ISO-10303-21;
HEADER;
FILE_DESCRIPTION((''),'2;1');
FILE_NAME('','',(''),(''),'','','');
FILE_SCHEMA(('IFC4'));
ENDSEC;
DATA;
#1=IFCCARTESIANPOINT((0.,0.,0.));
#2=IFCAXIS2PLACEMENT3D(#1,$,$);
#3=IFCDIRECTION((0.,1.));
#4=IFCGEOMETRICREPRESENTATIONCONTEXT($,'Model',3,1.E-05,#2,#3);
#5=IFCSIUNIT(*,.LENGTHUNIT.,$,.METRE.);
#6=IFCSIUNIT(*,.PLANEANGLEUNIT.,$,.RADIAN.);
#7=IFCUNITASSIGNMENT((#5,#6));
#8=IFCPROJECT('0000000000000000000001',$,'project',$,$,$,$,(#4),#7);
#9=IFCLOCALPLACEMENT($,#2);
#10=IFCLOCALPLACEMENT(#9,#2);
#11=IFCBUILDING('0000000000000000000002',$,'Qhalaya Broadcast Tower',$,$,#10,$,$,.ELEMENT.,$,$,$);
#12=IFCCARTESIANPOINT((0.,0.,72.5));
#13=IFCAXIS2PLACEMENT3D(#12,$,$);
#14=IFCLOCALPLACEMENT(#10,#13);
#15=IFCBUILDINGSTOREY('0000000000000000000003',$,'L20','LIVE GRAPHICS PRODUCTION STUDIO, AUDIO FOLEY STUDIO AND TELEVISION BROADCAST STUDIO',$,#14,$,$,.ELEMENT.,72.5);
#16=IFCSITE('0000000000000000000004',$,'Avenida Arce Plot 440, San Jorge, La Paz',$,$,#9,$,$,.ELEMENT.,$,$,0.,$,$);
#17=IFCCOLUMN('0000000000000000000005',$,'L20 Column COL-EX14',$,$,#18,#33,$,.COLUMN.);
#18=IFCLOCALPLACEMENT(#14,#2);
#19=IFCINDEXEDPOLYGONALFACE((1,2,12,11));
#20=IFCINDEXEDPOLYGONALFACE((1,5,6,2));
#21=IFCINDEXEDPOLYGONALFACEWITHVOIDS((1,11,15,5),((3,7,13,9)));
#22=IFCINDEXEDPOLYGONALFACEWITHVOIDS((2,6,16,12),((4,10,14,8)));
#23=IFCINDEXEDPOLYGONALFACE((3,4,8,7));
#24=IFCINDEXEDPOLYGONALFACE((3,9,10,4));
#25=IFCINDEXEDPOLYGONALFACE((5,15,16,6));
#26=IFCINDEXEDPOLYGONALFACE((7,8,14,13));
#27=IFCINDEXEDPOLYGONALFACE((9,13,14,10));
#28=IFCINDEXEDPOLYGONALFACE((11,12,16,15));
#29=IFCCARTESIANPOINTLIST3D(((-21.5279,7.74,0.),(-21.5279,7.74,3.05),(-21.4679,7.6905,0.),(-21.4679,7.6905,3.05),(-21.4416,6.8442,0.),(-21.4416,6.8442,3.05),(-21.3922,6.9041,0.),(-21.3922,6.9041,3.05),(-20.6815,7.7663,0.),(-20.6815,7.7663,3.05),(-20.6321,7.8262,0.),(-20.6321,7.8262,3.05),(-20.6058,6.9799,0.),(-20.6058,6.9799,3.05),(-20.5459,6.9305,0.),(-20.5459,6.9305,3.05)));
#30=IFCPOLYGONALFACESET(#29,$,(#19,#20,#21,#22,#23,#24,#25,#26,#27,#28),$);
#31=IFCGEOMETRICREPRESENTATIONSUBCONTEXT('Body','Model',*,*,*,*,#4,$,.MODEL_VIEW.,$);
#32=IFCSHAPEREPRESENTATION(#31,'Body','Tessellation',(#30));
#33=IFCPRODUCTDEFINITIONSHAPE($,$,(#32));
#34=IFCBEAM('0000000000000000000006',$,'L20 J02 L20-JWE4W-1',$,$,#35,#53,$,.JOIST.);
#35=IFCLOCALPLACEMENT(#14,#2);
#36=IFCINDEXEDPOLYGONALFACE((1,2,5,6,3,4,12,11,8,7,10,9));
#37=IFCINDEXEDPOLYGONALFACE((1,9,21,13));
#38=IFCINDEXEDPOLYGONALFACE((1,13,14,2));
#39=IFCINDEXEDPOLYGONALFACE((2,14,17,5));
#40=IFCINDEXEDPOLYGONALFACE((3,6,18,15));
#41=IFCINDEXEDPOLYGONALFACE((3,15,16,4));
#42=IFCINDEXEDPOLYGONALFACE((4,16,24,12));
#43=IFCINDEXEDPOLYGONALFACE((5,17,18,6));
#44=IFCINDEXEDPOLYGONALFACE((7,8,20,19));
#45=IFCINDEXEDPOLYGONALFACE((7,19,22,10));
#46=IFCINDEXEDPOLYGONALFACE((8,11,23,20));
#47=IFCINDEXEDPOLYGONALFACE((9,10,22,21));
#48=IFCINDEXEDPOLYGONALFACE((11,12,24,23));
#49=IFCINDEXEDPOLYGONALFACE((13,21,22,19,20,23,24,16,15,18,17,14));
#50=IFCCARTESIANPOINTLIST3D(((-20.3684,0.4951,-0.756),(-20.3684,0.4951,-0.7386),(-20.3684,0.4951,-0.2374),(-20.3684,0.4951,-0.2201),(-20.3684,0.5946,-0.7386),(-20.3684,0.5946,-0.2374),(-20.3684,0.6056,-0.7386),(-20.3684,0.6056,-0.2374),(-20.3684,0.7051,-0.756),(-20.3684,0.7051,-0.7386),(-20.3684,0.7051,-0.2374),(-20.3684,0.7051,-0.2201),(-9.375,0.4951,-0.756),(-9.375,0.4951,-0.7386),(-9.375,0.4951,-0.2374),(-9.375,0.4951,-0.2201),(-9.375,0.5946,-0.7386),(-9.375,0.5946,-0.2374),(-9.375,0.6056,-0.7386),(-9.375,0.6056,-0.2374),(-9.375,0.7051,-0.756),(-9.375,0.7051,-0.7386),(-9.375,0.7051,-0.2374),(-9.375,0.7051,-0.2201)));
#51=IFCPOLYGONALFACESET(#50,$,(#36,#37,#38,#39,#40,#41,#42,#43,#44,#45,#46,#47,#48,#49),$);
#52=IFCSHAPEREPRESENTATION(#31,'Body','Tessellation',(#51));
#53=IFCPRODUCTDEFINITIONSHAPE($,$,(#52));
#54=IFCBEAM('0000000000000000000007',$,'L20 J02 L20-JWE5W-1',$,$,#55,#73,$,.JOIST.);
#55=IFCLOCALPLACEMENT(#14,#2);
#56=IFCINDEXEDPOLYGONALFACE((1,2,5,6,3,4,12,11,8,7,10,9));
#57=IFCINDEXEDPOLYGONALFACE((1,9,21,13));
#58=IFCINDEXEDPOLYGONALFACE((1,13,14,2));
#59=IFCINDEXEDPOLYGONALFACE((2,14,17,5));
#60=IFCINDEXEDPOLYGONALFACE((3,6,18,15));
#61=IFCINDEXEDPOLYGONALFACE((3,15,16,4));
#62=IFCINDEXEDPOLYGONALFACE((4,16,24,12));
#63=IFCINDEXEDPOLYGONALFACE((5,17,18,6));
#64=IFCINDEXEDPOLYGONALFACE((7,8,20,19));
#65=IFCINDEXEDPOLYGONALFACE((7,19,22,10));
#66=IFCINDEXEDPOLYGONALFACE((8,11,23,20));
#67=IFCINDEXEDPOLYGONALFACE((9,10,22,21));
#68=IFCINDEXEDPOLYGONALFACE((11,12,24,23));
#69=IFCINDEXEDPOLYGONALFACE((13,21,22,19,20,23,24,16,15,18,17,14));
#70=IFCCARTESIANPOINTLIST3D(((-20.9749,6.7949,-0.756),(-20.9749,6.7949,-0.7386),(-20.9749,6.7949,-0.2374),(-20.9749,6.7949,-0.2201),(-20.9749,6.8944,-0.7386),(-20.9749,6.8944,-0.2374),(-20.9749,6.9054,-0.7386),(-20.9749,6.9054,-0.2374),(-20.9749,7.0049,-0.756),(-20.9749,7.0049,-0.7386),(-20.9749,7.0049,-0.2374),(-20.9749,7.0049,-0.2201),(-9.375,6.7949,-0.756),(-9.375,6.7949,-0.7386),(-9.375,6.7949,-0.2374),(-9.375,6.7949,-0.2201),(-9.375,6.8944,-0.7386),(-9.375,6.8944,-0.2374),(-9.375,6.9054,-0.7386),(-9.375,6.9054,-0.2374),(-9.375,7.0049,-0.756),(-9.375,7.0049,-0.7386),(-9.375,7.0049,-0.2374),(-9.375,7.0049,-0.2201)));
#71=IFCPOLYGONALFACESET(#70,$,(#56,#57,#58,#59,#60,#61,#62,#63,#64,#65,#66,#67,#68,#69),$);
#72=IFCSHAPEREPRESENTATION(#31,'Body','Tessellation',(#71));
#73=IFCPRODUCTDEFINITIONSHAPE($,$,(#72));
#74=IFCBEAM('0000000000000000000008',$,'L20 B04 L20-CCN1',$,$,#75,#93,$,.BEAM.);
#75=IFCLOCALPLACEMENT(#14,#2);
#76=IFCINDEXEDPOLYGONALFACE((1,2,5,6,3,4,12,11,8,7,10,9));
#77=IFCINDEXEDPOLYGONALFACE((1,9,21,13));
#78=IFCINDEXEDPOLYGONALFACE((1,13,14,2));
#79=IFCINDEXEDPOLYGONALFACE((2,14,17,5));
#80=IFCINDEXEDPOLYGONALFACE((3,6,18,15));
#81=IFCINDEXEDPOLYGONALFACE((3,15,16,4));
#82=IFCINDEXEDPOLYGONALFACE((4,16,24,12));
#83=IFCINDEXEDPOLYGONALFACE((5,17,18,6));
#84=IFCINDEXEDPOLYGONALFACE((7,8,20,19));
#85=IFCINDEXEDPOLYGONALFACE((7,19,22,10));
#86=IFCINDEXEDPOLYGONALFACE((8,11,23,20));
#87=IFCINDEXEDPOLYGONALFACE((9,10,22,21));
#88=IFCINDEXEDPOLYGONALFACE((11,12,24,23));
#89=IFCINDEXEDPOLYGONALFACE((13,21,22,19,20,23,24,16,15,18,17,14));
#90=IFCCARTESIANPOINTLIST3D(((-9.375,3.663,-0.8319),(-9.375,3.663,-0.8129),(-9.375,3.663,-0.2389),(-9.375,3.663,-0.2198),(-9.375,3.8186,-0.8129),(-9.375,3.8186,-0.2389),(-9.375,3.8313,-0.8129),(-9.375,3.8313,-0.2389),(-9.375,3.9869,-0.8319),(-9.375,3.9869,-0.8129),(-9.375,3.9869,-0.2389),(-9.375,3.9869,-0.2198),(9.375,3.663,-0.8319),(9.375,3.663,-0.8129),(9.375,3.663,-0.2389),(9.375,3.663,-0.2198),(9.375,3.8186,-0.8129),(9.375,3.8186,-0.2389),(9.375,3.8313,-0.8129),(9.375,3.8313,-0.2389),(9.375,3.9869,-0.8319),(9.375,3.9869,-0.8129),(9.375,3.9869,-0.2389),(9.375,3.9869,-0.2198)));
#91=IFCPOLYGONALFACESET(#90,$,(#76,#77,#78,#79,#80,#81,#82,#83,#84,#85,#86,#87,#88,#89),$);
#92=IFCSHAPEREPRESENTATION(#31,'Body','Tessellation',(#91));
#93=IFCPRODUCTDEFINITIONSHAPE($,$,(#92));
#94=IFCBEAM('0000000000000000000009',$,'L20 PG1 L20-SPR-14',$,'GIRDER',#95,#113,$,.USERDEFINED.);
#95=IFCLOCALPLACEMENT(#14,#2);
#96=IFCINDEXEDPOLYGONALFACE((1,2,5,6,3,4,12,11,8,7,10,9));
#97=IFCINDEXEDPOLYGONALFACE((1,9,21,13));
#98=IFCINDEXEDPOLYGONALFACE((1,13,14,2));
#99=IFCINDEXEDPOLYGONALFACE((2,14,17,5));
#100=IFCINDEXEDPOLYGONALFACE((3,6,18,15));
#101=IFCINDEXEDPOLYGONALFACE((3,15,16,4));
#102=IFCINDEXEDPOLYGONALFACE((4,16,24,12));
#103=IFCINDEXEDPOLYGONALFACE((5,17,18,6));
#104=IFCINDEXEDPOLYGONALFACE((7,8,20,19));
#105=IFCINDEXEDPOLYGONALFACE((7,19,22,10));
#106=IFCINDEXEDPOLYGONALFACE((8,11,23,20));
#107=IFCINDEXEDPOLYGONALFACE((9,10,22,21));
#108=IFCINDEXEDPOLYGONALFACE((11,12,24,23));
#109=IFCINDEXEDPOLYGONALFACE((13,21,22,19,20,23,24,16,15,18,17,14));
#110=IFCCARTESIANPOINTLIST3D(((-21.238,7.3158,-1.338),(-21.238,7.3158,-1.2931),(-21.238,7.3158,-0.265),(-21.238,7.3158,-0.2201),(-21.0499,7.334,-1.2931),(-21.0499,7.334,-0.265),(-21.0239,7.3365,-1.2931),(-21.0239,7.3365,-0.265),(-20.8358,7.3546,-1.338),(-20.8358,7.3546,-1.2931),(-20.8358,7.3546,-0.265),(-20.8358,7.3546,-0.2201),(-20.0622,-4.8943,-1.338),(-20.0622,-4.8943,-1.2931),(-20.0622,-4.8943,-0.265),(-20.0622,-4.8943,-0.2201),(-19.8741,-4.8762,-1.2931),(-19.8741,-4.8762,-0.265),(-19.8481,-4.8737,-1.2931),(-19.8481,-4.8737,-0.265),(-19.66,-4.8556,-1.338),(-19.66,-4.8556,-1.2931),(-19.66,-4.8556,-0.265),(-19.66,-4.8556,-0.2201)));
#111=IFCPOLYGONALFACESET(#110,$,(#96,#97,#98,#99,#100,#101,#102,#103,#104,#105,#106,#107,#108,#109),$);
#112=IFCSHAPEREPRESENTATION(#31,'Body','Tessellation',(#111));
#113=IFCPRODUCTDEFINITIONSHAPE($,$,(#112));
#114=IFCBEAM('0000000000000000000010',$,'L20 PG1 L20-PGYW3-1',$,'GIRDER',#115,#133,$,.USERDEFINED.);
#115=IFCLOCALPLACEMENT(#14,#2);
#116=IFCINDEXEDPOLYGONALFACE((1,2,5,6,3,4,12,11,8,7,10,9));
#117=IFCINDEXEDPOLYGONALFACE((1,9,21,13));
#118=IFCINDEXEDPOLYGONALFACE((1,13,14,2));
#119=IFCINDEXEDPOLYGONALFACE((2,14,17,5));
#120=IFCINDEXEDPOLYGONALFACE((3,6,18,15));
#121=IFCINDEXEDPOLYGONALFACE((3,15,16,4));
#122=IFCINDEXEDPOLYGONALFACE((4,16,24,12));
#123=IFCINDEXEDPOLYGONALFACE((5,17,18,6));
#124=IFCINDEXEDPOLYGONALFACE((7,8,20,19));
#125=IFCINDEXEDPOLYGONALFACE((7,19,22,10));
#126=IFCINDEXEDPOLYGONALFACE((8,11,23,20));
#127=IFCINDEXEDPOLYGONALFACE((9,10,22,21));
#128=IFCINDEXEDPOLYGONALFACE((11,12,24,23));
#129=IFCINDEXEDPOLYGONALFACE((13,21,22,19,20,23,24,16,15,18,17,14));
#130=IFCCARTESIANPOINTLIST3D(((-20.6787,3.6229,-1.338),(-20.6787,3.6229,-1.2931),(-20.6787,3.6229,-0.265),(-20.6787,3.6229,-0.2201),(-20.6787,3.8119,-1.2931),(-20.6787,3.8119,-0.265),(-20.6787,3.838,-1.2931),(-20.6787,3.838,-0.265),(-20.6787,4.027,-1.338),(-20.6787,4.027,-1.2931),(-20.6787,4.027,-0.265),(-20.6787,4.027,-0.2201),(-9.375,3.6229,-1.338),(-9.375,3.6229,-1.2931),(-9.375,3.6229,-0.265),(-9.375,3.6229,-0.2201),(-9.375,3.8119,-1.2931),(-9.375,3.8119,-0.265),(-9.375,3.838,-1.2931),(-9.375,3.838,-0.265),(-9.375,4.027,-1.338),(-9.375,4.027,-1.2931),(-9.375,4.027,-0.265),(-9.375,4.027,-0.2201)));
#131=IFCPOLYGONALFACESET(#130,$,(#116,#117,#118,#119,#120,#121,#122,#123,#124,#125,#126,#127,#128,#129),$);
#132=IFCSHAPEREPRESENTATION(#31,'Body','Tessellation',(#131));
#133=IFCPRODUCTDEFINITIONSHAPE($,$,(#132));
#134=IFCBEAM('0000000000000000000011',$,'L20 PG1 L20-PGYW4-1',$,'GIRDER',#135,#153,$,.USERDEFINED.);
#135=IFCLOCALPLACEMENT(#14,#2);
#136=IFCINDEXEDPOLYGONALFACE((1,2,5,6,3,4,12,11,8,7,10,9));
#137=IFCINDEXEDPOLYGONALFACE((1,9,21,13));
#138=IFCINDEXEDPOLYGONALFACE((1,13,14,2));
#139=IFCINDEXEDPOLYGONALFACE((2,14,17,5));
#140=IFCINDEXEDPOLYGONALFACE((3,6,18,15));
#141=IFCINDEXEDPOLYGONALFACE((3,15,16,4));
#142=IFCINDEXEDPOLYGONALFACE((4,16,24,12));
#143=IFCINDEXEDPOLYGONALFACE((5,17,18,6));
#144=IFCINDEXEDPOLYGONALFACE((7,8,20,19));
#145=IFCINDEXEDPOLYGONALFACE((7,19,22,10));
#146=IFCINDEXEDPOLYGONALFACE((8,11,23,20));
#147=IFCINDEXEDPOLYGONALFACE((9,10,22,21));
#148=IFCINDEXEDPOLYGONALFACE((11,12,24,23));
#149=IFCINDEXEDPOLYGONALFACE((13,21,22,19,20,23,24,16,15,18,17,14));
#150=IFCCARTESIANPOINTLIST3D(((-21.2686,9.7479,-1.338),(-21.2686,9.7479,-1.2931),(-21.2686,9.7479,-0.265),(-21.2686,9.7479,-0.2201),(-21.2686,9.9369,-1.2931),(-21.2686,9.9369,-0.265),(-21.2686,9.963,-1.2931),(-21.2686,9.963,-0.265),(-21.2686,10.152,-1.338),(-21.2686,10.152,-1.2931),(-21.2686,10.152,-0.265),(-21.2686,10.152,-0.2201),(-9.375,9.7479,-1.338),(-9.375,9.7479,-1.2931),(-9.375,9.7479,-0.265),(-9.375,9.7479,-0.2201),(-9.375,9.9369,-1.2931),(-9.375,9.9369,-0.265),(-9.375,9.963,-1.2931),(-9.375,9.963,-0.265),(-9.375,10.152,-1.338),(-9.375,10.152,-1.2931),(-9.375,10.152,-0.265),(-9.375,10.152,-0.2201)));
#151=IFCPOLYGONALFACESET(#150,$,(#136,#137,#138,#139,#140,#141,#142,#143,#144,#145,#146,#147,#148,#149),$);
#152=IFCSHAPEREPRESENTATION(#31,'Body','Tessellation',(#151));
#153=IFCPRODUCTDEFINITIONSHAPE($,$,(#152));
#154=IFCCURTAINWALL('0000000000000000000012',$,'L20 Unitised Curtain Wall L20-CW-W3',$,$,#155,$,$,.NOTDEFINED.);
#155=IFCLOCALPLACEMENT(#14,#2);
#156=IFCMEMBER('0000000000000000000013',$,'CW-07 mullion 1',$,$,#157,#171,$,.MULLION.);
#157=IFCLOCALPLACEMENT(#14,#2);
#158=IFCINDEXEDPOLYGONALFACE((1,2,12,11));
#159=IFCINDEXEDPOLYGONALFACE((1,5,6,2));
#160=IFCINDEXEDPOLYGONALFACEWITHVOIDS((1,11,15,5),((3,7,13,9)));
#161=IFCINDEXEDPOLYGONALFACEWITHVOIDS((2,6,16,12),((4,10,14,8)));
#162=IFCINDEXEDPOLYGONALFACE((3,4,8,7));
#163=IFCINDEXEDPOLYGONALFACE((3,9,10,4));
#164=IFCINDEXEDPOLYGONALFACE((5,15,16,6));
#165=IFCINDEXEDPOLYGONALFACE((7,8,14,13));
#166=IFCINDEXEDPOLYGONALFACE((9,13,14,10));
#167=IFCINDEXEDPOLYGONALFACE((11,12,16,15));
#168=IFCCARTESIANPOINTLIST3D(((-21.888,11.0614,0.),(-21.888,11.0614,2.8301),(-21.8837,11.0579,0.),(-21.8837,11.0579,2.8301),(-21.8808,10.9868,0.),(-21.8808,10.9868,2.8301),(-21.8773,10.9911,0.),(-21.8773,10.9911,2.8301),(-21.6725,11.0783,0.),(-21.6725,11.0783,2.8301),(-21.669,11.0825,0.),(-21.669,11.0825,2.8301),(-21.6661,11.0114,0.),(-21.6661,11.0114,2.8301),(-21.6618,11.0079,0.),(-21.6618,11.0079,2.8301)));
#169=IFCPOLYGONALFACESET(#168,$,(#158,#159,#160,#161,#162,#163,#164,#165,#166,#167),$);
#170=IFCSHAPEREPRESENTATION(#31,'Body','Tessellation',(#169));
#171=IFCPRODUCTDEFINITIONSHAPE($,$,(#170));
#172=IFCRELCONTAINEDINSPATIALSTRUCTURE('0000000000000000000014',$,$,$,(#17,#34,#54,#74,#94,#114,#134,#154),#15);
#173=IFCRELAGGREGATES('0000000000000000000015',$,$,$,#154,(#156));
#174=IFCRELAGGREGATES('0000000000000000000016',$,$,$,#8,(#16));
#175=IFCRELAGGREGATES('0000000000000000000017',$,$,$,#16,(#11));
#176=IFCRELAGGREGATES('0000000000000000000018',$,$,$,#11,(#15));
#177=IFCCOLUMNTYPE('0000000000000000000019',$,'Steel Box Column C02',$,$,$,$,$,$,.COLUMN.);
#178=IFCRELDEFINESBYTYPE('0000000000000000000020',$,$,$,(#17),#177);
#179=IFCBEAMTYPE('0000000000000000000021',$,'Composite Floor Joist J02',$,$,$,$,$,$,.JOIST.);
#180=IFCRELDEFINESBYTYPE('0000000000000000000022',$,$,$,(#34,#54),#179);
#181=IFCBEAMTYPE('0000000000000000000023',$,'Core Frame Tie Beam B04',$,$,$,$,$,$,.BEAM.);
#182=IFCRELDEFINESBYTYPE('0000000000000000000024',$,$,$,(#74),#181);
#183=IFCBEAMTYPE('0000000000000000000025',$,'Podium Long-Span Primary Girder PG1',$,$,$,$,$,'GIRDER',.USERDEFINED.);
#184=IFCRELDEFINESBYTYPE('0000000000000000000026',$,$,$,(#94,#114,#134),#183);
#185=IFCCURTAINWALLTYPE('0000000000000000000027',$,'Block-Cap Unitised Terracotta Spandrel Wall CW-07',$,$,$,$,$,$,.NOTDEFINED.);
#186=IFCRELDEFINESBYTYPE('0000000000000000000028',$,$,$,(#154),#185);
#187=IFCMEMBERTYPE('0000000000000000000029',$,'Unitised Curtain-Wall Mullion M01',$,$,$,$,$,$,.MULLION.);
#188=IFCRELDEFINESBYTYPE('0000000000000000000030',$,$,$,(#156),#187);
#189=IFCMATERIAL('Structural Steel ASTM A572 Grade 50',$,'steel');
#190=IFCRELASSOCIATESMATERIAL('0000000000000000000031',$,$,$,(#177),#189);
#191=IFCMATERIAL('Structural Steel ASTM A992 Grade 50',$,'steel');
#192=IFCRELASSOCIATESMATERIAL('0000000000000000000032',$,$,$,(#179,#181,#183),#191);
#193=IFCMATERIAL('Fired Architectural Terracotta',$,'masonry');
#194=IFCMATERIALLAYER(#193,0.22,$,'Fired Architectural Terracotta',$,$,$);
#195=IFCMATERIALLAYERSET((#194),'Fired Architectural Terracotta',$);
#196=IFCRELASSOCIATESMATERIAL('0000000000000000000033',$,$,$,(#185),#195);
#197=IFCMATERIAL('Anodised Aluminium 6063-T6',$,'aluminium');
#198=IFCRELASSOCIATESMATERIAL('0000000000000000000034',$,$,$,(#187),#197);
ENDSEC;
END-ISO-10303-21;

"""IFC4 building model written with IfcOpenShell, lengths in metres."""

from ifc_helpers import new_model, si_unit, direction, frame, origin, origin_2d, place, context, subcontext, project, spatial, hollow_rectangle, i_section, extrude, material, layer, layer_set, material_profile, profile_set, type_object, element, aggregate, save


model = new_model("IFC4")

# Units and contexts
model_context = context("Model", 3, precision=1e-05, world=origin(), true_north=direction((0.0, 1.0)))
body_context = subcontext(model_context, "Body", "Model", "MODEL_VIEW")
ifc_project = project(units=[si_unit("LENGTHUNIT", "METRE"), si_unit("PLANEANGLEUNIT", "RADIAN")], contexts=[model_context])

# Site, building, storey
site_placement = place(None, origin())
site = spatial("IfcSite", under=ifc_project, at=site_placement, Name="Avenida Arce Plot 440, San Jorge, La Paz", CompositionType="ELEMENT", RefElevation=0.0)
building_placement = place(site_placement, origin())
building = spatial("IfcBuilding", under=site, at=building_placement, Name="Qhalaya Broadcast Tower", CompositionType="ELEMENT")
storey_placement = place(building_placement, frame((0.0, 0.0, 72.5)))
storey = spatial("IfcBuildingStorey", under=building, at=storey_placement, Name="L20", Description="LIVE GRAPHICS PRODUCTION STUDIO, AUDIO FOLEY STUDIO AND TELEVISION BROADCAST STUDIO", CompositionType="ELEMENT", Elevation=72.5)

# Column
ifc_material_1 = material(Name="Structural Steel ASTM A572 Grade 50", Category="steel")
ifc_material_profile_1 = material_profile(ifc_material_1, hollow_rectangle(XDim=0.8999, YDim=0.8999, WallThickness=0.0549, at=origin_2d()), Name="BOX 900x900x55")
ifc_profile_set_1 = profile_set([ifc_material_profile_1], Name="Structural Steel ASTM A572 Grade 50")
column_type = type_object("IfcColumnType", Name="Steel Box Column C02", PredefinedType="COLUMN", material=ifc_profile_set_1)
column_placement = place(storey_placement, frame((-21.0369, 7.3352, 0.0), z_axis=(0.0, 0.0, 1.0), x_axis=(-0.095846, 0.995396, 0.0)))
element("IfcColumn", 1, at=column_placement, inside=storey, type_object=column_type, Name="L20 Column COL-EX14", PredefinedType="COLUMN", context=body_context, shape_type="SweptSolid", body=[
    extrude(hollow_rectangle(XDim=0.8999, YDim=0.8999, WallThickness=0.0549, at=origin_2d()), origin(), (0.0, 0.0, 1.0), 3.05),
])

# Beams
ifc_material_2 = material(Name="Structural Steel ASTM A992 Grade 50", Category="steel")
ifc_material_profile_2 = material_profile(ifc_material_2, i_section(OverallWidth=0.21, OverallDepth=0.5359, WebThickness=0.011, FlangeThickness=0.0173, at=origin_2d()), Name="W21X68")
ifc_profile_set_2 = profile_set([ifc_material_profile_2], Name="Structural Steel ASTM A992 Grade 50")
beam_type_1 = type_object("IfcBeamType", Name="Composite Floor Joist J02", PredefinedType="JOIST", material=ifc_profile_set_2)
beam_1_placement = place(storey_placement, frame((-20.3684, 0.6001, -0.488), z_axis=(1.0, 0.0, 0.0), x_axis=(0.0, 1.0, 0.0)))
element("IfcBeam", 2, at=beam_1_placement, inside=storey, type_object=beam_type_1, Name="L20 J02 L20-JWE4W-1", PredefinedType="JOIST", context=body_context, shape_type="SweptSolid", body=[
    extrude(i_section(OverallWidth=0.21, OverallDepth=0.5359, WebThickness=0.011, FlangeThickness=0.0173, at=origin_2d()), origin(), (0.0, 0.0, 1.0), 10.9934),
])
beam_2_placement = place(storey_placement, frame((-20.9749, 6.8999, -0.488), z_axis=(1.0, 0.0, 0.0), x_axis=(0.0, 1.0, 0.0)))
element("IfcBeam", 3, at=beam_2_placement, inside=storey, type_object=beam_type_1, Name="L20 J02 L20-JWE5W-1", PredefinedType="JOIST", context=body_context, shape_type="SweptSolid", body=[
    extrude(i_section(OverallWidth=0.21, OverallDepth=0.5359, WebThickness=0.011, FlangeThickness=0.0173, at=origin_2d()), origin(), (0.0, 0.0, 1.0), 11.5999),
])
ifc_material_profile_3 = material_profile(ifc_material_2, i_section(OverallWidth=0.324, OverallDepth=0.6121, WebThickness=0.0127, FlangeThickness=0.019, at=origin_2d()), Name="W24X104")
ifc_profile_set_3 = profile_set([ifc_material_profile_3], Name="Structural Steel ASTM A992 Grade 50")
beam_type_2 = type_object("IfcBeamType", Name="Core Frame Tie Beam B04", PredefinedType="BEAM", material=ifc_profile_set_3)
beam_3_placement = place(storey_placement, frame((-9.375, 3.825, -0.5259), z_axis=(1.0, 0.0, 0.0), x_axis=(0.0, 1.0, 0.0)))
element("IfcBeam", 4, at=beam_3_placement, inside=storey, type_object=beam_type_2, Name="L20 B04 L20-CCN1", PredefinedType="BEAM", context=body_context, shape_type="SweptSolid", body=[
    extrude(i_section(OverallWidth=0.324, OverallDepth=0.6121, WebThickness=0.0127, FlangeThickness=0.019, at=origin_2d()), origin(), (0.0, 0.0, 1.0), 18.75),
])
ifc_material_profile_4 = material_profile(ifc_material_2, i_section(OverallWidth=0.4041, OverallDepth=1.1179, WebThickness=0.0261, FlangeThickness=0.0449, at=origin_2d()), Name="W44X335")
ifc_profile_set_4 = profile_set([ifc_material_profile_4], Name="Structural Steel ASTM A992 Grade 50")
beam_type_3 = type_object("IfcBeamType", Name="Podium Long-Span Primary Girder PG1", ElementType="GIRDER", PredefinedType="USERDEFINED", material=ifc_profile_set_4)
beam_4_placement = place(storey_placement, frame((-21.0369, 7.3352, -0.7791), z_axis=(0.095852, -0.995396, 0.0), x_axis=(0.995396, 0.095852, 0.0)))
element("IfcBeam", 5, at=beam_4_placement, inside=storey, type_object=beam_type_3, Name="L20 PG1 L20-SPR-14", ObjectType="GIRDER", PredefinedType="USERDEFINED", context=body_context, shape_type="SweptSolid", body=[
    extrude(i_section(OverallWidth=0.4041, OverallDepth=1.1179, WebThickness=0.0261, FlangeThickness=0.0449, at=origin_2d()), origin(), (0.0, 0.0, 1.0), 12.2666),
])
beam_5_placement = place(storey_placement, frame((-20.6787, 3.825, -0.7791), z_axis=(1.0, 0.0, 0.0), x_axis=(0.0, 1.0, 0.0)))
element("IfcBeam", 6, at=beam_5_placement, inside=storey, type_object=beam_type_3, Name="L20 PG1 L20-PGYW3-1", ObjectType="GIRDER", PredefinedType="USERDEFINED", context=body_context, shape_type="SweptSolid", body=[
    extrude(i_section(OverallWidth=0.4041, OverallDepth=1.1179, WebThickness=0.0261, FlangeThickness=0.0449, at=origin_2d()), origin(), (0.0, 0.0, 1.0), 11.3037),
])
beam_6_placement = place(storey_placement, frame((-21.2686, 9.95, -0.7791), z_axis=(1.0, 0.0, 0.0), x_axis=(0.0, 1.0, 0.0)))
element("IfcBeam", 7, at=beam_6_placement, inside=storey, type_object=beam_type_3, Name="L20 PG1 L20-PGYW4-1", ObjectType="GIRDER", PredefinedType="USERDEFINED", context=body_context, shape_type="SweptSolid", body=[
    extrude(i_section(OverallWidth=0.4041, OverallDepth=1.1179, WebThickness=0.0261, FlangeThickness=0.0449, at=origin_2d()), origin(), (0.0, 0.0, 1.0), 11.8936),
])

# Curtain wall, member
ifc_material_3 = material(Name="Fired Architectural Terracotta", Category="masonry")
ifc_layer_1 = layer(ifc_material_3, 0.22, Name="Fired Architectural Terracotta")
ifc_layer_set_1 = layer_set([ifc_layer_1], Name="Fired Architectural Terracotta")
curtain_wall_type_1 = type_object("IfcCurtainWallType", Name="Block-Cap Unitised Terracotta Spandrel Wall CW-07", PredefinedType="NOTDEFINED", material=ifc_layer_set_1)
curtain_wall_1_placement = place(storey_placement, origin())
curtain_wall_1 = element("IfcCurtainWall", 8, at=curtain_wall_1_placement, inside=storey, type_object=curtain_wall_type_1, Name="L20 Unitised Curtain Wall L20-CW-W3", PredefinedType="NOTDEFINED")
ifc_material_4 = material(Name="Anodised Aluminium 6063-T6", Category="aluminium")
ifc_material_profile_5 = material_profile(ifc_material_4, hollow_rectangle(XDim=0.075, YDim=0.22, WallThickness=0.0039, at=origin_2d()), Name="ALU-MUL 75x220x4")
ifc_profile_set_5 = profile_set([ifc_material_profile_5], Name="Anodised Aluminium 6063-T6")
member_type_1 = type_object("IfcMemberType", Name="Unitised Curtain-Wall Mullion M01", PredefinedType="MULLION", material=ifc_profile_set_5)
member_1_placement = place(storey_placement, frame((-21.7749, 11.0347, 0.0), z_axis=(0.0, 0.0, 1.0), x_axis=(0.095851, -0.995396, 0.0)))
member_1 = element("IfcMember", 9, at=member_1_placement, type_object=member_type_1, Name="CW-07 mullion 1", PredefinedType="MULLION", context=body_context, shape_type="SweptSolid", body=[
    extrude(hollow_rectangle(XDim=0.075, YDim=0.22, WallThickness=0.0039, at=origin_2d()), origin(), (0.0, 0.0, 1.0), 2.8301),
])

aggregate(curtain_wall_1, [member_1])

save(model, "model.ifc")
